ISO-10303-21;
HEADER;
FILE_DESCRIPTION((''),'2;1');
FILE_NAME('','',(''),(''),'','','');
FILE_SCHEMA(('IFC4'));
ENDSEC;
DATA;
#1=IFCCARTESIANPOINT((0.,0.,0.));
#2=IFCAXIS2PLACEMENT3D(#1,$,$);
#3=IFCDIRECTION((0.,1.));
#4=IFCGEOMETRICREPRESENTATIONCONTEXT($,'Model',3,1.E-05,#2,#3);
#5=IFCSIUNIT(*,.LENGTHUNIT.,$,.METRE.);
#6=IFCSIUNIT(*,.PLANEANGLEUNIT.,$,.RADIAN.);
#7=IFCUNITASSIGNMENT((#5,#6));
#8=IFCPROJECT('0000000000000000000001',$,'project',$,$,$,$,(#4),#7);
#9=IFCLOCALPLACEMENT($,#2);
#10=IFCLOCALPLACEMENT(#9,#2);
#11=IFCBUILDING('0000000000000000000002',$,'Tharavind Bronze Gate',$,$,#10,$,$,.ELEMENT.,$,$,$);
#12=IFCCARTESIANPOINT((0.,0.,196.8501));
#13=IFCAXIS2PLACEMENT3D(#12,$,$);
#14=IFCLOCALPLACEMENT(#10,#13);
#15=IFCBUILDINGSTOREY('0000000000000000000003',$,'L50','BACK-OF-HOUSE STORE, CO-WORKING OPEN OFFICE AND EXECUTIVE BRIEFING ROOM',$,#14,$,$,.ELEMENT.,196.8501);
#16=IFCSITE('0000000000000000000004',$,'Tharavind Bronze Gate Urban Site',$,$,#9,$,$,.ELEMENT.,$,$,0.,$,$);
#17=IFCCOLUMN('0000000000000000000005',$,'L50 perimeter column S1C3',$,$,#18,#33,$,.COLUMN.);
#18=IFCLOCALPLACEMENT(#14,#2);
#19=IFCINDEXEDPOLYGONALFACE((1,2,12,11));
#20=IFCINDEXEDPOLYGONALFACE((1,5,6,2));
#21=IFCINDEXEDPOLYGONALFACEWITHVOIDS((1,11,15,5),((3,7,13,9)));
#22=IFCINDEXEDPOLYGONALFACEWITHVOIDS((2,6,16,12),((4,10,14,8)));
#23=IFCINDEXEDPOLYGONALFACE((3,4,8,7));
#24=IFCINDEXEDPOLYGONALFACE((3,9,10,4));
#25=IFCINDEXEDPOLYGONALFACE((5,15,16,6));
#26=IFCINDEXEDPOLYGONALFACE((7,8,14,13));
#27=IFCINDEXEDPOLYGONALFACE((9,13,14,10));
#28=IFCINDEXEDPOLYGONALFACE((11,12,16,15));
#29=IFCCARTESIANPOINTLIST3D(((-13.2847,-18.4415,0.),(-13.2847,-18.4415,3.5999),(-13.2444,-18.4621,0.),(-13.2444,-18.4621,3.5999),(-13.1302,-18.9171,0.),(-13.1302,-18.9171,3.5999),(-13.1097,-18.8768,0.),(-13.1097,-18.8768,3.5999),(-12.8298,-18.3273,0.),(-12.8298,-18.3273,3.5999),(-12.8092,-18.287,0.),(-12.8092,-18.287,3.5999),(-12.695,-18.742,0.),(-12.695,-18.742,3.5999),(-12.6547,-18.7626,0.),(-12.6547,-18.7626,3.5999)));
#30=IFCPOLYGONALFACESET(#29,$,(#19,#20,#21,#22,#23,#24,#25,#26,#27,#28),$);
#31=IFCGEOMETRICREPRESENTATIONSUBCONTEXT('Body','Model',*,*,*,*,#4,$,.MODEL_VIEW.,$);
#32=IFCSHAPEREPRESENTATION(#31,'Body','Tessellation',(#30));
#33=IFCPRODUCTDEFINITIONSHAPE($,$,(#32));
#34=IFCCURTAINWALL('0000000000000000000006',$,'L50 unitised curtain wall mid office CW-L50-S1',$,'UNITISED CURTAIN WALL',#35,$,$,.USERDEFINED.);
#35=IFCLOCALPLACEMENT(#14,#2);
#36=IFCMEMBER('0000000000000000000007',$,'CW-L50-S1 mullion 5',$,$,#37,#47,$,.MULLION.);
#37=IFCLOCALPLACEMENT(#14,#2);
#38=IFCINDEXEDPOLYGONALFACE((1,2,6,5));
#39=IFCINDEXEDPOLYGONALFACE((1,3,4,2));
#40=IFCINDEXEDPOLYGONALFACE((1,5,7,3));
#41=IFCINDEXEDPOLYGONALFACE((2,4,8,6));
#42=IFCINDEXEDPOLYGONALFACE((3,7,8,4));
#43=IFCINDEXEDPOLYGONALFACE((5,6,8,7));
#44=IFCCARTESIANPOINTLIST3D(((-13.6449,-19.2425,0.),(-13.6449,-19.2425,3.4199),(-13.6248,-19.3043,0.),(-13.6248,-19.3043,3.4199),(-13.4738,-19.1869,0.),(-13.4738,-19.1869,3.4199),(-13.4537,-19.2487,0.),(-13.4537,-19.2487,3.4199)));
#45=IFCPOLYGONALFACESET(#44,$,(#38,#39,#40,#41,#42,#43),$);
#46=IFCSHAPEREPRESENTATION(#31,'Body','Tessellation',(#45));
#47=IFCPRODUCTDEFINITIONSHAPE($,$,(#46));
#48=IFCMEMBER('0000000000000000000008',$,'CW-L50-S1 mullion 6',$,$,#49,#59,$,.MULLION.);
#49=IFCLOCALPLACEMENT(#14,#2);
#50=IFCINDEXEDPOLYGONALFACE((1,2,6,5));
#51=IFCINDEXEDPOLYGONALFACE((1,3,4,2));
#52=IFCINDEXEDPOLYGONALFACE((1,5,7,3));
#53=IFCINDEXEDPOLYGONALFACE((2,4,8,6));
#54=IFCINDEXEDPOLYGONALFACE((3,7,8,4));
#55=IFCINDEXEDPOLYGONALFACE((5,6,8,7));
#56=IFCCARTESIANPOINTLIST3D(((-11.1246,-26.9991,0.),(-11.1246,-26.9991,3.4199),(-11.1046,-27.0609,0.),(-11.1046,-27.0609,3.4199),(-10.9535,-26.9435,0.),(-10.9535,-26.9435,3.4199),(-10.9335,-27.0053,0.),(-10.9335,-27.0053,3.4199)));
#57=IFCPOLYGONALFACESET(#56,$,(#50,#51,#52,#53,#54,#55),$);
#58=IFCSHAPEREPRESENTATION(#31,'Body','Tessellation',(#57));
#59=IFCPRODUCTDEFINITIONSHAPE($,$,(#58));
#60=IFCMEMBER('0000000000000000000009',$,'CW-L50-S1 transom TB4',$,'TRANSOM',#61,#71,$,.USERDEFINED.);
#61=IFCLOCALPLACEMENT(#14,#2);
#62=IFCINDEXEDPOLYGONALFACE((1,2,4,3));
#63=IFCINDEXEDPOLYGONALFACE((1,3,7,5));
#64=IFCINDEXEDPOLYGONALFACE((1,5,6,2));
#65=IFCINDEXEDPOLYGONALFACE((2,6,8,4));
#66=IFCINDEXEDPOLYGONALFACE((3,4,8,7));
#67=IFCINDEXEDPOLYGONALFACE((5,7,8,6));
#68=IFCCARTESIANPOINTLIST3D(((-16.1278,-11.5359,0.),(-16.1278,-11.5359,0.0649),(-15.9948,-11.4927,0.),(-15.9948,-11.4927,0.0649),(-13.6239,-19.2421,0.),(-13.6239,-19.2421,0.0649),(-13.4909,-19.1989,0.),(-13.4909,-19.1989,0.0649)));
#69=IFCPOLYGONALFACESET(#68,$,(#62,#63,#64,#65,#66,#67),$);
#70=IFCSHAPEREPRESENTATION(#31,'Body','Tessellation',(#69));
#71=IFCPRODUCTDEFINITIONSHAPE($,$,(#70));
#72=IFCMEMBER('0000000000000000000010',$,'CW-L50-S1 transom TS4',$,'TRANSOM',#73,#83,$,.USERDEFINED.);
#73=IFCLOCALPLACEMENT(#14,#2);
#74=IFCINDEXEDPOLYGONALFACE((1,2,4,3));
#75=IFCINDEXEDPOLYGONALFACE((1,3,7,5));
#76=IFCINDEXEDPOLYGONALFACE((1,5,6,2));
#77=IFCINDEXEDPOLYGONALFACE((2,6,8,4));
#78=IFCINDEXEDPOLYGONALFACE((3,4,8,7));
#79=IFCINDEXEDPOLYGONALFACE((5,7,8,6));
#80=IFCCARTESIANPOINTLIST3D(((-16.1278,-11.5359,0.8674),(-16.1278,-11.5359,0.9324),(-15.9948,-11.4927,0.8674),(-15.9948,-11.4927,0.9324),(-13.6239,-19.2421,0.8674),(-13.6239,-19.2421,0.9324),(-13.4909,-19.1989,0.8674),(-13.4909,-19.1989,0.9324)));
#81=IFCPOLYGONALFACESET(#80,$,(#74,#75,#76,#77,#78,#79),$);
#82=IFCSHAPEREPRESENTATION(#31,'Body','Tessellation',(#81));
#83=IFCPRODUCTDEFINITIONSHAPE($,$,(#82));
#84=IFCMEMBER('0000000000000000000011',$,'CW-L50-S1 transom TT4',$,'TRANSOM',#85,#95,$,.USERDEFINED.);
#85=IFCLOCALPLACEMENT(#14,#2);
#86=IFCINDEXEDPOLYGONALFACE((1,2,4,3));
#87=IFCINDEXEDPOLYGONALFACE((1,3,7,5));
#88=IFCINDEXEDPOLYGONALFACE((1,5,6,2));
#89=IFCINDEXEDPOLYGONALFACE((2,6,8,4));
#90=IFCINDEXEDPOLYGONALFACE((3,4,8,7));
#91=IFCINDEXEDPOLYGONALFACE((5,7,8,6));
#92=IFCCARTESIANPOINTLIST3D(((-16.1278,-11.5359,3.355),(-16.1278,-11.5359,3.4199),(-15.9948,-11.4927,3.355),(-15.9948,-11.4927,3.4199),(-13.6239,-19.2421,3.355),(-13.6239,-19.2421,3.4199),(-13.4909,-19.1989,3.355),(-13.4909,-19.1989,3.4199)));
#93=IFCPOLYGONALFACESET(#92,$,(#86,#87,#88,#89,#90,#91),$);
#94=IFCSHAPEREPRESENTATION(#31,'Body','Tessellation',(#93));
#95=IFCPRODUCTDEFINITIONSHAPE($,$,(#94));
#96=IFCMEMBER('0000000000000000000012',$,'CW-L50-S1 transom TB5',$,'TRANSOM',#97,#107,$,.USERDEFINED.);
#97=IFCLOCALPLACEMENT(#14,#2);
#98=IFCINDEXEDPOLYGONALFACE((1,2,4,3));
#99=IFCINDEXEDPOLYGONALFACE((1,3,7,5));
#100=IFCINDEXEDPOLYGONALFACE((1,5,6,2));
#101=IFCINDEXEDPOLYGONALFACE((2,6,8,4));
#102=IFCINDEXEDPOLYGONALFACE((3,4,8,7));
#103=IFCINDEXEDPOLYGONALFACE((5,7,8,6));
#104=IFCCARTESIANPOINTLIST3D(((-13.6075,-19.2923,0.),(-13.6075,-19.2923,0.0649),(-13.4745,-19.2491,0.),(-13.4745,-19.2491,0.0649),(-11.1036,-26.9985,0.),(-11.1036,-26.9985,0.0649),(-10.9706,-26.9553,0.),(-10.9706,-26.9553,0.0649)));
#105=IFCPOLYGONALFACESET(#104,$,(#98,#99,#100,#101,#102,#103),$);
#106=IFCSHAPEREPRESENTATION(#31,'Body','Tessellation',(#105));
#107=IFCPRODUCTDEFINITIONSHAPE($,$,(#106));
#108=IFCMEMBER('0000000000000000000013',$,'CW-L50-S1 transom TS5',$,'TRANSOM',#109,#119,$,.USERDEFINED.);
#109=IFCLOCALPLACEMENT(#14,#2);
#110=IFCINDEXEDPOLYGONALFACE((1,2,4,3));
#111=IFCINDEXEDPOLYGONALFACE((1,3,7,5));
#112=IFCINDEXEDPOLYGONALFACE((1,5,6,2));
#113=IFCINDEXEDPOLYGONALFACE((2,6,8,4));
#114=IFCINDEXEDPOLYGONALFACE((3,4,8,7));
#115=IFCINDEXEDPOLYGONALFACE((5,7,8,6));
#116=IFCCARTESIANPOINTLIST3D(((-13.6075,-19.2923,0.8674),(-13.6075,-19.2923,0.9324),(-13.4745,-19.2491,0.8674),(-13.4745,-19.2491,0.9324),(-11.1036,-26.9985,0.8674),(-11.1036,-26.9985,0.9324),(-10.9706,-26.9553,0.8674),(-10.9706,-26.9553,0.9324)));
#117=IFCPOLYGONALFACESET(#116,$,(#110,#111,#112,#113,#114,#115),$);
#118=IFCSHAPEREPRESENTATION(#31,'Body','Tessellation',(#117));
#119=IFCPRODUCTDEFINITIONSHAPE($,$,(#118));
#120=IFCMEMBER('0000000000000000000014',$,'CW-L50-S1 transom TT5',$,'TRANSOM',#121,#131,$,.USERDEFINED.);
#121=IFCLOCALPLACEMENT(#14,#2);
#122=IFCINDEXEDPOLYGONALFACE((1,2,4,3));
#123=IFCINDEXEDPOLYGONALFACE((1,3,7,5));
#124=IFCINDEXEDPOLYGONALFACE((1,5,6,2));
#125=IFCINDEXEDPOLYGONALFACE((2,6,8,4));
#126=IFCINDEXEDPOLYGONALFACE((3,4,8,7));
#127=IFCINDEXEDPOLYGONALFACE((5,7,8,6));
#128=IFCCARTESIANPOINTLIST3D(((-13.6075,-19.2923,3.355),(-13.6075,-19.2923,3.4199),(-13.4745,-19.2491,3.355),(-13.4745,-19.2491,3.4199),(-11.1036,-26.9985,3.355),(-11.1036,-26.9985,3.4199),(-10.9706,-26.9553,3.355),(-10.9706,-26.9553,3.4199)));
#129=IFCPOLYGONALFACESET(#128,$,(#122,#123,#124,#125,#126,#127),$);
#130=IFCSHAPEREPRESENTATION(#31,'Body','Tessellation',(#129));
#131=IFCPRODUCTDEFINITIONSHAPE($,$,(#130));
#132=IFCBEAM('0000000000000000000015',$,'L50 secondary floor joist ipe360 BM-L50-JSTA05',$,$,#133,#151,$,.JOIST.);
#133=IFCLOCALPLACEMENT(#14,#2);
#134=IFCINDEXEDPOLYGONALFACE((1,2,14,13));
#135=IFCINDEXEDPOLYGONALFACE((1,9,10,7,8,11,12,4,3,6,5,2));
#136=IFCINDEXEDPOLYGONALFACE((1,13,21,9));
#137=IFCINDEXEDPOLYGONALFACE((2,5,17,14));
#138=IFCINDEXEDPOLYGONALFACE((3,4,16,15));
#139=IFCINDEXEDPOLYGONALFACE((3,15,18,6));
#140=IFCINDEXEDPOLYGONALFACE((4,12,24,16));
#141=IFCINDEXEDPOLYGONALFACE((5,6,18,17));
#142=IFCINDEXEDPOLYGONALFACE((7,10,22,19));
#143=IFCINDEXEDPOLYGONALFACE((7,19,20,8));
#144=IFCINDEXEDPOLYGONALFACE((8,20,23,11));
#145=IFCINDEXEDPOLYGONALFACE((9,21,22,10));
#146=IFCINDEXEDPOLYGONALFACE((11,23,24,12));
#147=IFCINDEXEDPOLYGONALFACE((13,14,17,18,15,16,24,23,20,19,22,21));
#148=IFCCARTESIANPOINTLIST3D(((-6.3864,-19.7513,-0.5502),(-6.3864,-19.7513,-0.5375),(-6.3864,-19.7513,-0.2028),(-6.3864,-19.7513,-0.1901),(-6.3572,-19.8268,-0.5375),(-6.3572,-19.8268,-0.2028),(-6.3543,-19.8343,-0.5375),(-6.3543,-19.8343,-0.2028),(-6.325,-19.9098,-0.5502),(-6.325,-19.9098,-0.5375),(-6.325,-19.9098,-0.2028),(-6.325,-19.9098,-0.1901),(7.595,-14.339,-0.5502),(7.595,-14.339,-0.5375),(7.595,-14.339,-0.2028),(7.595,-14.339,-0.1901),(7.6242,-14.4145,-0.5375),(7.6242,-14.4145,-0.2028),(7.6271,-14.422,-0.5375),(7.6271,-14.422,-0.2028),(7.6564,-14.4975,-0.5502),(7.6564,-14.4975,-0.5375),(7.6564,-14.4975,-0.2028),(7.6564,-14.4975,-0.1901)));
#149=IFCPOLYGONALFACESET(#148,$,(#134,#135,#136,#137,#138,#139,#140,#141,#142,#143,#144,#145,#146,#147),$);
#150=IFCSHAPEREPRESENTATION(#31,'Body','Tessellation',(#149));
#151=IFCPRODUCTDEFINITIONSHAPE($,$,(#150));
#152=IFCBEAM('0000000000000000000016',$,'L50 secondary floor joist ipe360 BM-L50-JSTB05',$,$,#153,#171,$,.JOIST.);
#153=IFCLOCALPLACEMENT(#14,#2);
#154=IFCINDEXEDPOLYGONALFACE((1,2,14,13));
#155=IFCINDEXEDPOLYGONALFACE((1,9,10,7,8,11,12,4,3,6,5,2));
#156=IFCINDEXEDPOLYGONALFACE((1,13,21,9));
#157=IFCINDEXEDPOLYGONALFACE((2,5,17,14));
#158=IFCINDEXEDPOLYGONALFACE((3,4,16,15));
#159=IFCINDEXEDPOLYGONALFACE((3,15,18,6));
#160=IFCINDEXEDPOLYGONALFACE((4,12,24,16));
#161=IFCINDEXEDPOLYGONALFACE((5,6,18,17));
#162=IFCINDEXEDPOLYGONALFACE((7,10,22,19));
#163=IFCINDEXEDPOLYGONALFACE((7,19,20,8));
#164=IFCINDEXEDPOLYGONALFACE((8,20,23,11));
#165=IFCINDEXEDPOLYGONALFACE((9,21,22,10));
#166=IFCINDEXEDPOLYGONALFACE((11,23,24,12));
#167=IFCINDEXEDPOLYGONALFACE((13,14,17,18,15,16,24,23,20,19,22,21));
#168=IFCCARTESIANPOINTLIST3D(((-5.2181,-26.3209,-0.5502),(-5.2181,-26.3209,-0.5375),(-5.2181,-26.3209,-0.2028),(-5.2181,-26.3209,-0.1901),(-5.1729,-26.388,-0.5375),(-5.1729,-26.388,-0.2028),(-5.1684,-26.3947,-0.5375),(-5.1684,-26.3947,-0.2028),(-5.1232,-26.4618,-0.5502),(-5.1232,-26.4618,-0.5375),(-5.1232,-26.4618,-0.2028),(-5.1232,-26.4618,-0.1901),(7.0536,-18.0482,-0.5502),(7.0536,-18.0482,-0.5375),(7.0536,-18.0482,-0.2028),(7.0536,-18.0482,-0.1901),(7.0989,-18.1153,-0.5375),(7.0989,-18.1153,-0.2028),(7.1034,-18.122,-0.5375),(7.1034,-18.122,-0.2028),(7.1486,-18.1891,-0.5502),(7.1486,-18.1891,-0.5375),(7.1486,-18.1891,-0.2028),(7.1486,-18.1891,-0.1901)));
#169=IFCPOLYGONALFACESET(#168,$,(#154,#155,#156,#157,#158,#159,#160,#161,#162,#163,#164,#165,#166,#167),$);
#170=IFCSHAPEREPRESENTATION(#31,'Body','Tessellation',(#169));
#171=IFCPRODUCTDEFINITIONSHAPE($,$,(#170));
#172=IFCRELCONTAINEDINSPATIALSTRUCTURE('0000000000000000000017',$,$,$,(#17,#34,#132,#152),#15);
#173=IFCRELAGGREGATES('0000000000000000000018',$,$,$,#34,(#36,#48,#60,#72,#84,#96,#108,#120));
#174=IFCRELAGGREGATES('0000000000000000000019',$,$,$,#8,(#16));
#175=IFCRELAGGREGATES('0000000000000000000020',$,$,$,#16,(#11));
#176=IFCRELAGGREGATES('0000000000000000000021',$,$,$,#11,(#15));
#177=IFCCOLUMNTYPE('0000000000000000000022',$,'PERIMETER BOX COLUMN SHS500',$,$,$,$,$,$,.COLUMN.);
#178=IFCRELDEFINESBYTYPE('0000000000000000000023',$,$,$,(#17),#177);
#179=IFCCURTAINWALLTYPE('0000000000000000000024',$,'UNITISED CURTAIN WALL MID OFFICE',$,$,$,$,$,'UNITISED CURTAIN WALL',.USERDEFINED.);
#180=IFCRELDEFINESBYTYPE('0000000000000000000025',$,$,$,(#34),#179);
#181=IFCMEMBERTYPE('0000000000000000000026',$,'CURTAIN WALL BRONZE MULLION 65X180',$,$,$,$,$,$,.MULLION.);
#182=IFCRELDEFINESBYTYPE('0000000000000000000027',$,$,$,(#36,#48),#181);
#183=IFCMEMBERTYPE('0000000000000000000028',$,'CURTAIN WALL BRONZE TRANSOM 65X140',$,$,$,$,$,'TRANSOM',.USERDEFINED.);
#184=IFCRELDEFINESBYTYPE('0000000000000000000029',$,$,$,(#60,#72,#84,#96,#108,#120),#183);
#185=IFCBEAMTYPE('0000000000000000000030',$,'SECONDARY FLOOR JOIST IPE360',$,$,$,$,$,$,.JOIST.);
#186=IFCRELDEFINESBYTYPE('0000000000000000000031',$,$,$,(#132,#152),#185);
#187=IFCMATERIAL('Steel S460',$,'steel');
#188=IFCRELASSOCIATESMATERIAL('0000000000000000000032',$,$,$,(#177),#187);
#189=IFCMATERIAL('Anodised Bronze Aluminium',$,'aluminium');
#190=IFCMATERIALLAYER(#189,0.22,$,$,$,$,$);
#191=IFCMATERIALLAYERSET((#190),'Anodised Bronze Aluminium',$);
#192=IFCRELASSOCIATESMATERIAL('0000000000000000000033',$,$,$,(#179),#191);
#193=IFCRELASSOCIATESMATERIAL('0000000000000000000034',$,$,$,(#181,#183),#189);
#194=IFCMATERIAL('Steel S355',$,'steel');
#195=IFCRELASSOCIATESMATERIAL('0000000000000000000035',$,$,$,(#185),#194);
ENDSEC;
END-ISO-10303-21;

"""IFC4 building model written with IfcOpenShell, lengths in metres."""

from ifc_helpers import new_model, si_unit, direction, frame, origin, origin_2d, place, context, subcontext, project, spatial, rectangle, hollow_rectangle, i_section, extrude, material, layer, layer_set, material_profile, profile_set, type_object, element, aggregate, save


model = new_model("IFC4")

# Units and contexts
model_context = context("Model", 3, precision=1e-05, world=origin(), true_north=direction((0.0, 1.0)))
body_context = subcontext(model_context, "Body", "Model", "MODEL_VIEW")
ifc_project = project(units=[si_unit("LENGTHUNIT", "METRE"), si_unit("PLANEANGLEUNIT", "RADIAN")], contexts=[model_context])

# Site, building, storey
site_placement = place(None, origin())
site = spatial("IfcSite", under=ifc_project, at=site_placement, Name="Tharavind Bronze Gate Urban Site", CompositionType="ELEMENT", RefElevation=0.0)
building_placement = place(site_placement, origin())
building = spatial("IfcBuilding", under=site, at=building_placement, Name="Tharavind Bronze Gate", CompositionType="ELEMENT")
storey_placement = place(building_placement, frame((0.0, 0.0, 196.8501)))
storey = spatial("IfcBuildingStorey", under=building, at=storey_placement, Name="L50", Description="BACK-OF-HOUSE STORE, CO-WORKING OPEN OFFICE AND EXECUTIVE BRIEFING ROOM", CompositionType="ELEMENT", Elevation=196.8501)

# Column
ifc_material_1 = material(Name="Steel S460", Category="steel")
ifc_material_profile_1 = material_profile(ifc_material_1, hollow_rectangle(XDim=0.5, YDim=0.5, WallThickness=0.032, at=origin_2d()), Name="SHS500X32")
ifc_profile_set_1 = profile_set([ifc_material_profile_1], Name="Steel S460")
column_type = type_object("IfcColumnType", Name="PERIMETER BOX COLUMN SHS500", PredefinedType="COLUMN", material=ifc_profile_set_1)
column_placement = place(storey_placement, frame((-12.9697, -18.6021, 0.0), z_axis=(0.0, 0.0, 1.0), x_axis=(-0.309017, 0.951057, 0.0)))
element("IfcColumn", 1, at=column_placement, inside=storey, type_object=column_type, Name="L50 perimeter column S1C3", PredefinedType="COLUMN", context=body_context, shape_type="SweptSolid", body=[
    extrude(hollow_rectangle(XDim=0.5, YDim=0.5, WallThickness=0.032, at=origin_2d()), origin(), (0.0, 0.0, 1.0), 3.5999),
])

# Curtain wall, members
ifc_material_2 = material(Name="Anodised Bronze Aluminium", Category="aluminium")
ifc_layer_1 = layer(ifc_material_2, 0.22)
ifc_layer_set_1 = layer_set([ifc_layer_1], Name="Anodised Bronze Aluminium")
curtain_wall_type = type_object("IfcCurtainWallType", Name="UNITISED CURTAIN WALL MID OFFICE", ElementType="UNITISED CURTAIN WALL", PredefinedType="USERDEFINED", material=ifc_layer_set_1)
curtain_wall_placement = place(storey_placement, origin())
curtain_wall = element("IfcCurtainWall", 2, at=curtain_wall_placement, inside=storey, type_object=curtain_wall_type, Name="L50 unitised curtain wall mid office CW-L50-S1", ObjectType="UNITISED CURTAIN WALL", PredefinedType="USERDEFINED")
member_type_1 = type_object("IfcMemberType", Name="CURTAIN WALL BRONZE MULLION 65X180", PredefinedType="MULLION", material=ifc_material_2)
member_1_placement = place(storey_placement, frame((-13.5493, -19.2456, 0.0), z_axis=(0.0, 0.0, 1.0), x_axis=(0.309017, -0.951057, 0.0)))
member_1 = element("IfcMember", 3, at=member_1_placement, type_object=member_type_1, Name="CW-L50-S1 mullion 5", PredefinedType="MULLION", context=body_context, shape_type="SweptSolid", body=[
    extrude(rectangle(XDim=0.0649, YDim=0.1799, at=origin_2d()), origin(), (0.0, 0.0, 1.0), 3.4199),
])
member_2_placement = place(storey_placement, frame((-11.0291, -27.0022, 0.0), z_axis=(0.0, 0.0, 1.0), x_axis=(0.309017, -0.951057, 0.0)))
member_2 = element("IfcMember", 4, at=member_2_placement, type_object=member_type_1, Name="CW-L50-S1 mullion 6", PredefinedType="MULLION", context=body_context, shape_type="SweptSolid", body=[
    extrude(rectangle(XDim=0.0649, YDim=0.1799, at=origin_2d()), origin(), (0.0, 0.0, 1.0), 3.4199),
])
member_type_2 = type_object("IfcMemberType", Name="CURTAIN WALL BRONZE TRANSOM 65X140", ElementType="TRANSOM", PredefinedType="USERDEFINED", material=ifc_material_2)
member_3_placement = place(storey_placement, frame((-14.8093, -15.3674, 0.0), z_axis=(0.0, 0.0, 1.0), x_axis=(0.309017, -0.951057, 0.0)))
member_3 = element("IfcMember", 5, at=member_3_placement, type_object=member_type_2, Name="CW-L50-S1 transom TB4", ObjectType="TRANSOM", PredefinedType="USERDEFINED", context=body_context, shape_type="SweptSolid", body=[
    extrude(rectangle(XDim=8.1028, YDim=0.1399, at=origin_2d()), origin(), (0.0, 0.0, 1.0), 0.0649),
])
member_4_placement = place(storey_placement, frame((-14.8093, -15.3674, 0.8674), z_axis=(0.0, 0.0, 1.0), x_axis=(0.309017, -0.951057, 0.0)))
member_4 = element("IfcMember", 6, at=member_4_placement, type_object=member_type_2, Name="CW-L50-S1 transom TS4", ObjectType="TRANSOM", PredefinedType="USERDEFINED", context=body_context, shape_type="SweptSolid", body=[
    extrude(rectangle(XDim=8.1028, YDim=0.1399, at=origin_2d()), origin(), (0.0, 0.0, 1.0), 0.0649),
])
member_5_placement = place(storey_placement, frame((-14.8093, -15.3674, 3.355), z_axis=(0.0, 0.0, 1.0), x_axis=(0.309017, -0.951057, 0.0)))
member_5 = element("IfcMember", 7, at=member_5_placement, type_object=member_type_2, Name="CW-L50-S1 transom TT4", ObjectType="TRANSOM", PredefinedType="USERDEFINED", context=body_context, shape_type="SweptSolid", body=[
    extrude(rectangle(XDim=8.1028, YDim=0.1399, at=origin_2d()), origin(), (0.0, 0.0, 1.0), 0.0649),
])
member_6_placement = place(storey_placement, frame((-12.2891, -23.1238, 0.0), z_axis=(0.0, 0.0, 1.0), x_axis=(0.309017, -0.951057, 0.0)))
member_6 = element("IfcMember", 8, at=member_6_placement, type_object=member_type_2, Name="CW-L50-S1 transom TB5", ObjectType="TRANSOM", PredefinedType="USERDEFINED", context=body_context, shape_type="SweptSolid", body=[
    extrude(rectangle(XDim=8.1028, YDim=0.1399, at=origin_2d()), origin(), (0.0, 0.0, 1.0), 0.0649),
])
member_7_placement = place(storey_placement, frame((-12.2891, -23.1238, 0.8674), z_axis=(0.0, 0.0, 1.0), x_axis=(0.309017, -0.951057, 0.0)))
member_7 = element("IfcMember", 9, at=member_7_placement, type_object=member_type_2, Name="CW-L50-S1 transom TS5", ObjectType="TRANSOM", PredefinedType="USERDEFINED", context=body_context, shape_type="SweptSolid", body=[
    extrude(rectangle(XDim=8.1028, YDim=0.1399, at=origin_2d()), origin(), (0.0, 0.0, 1.0), 0.0649),
])
member_8_placement = place(storey_placement, frame((-12.2891, -23.1238, 3.355), z_axis=(0.0, 0.0, 1.0), x_axis=(0.309017, -0.951057, 0.0)))
member_8 = element("IfcMember", 10, at=member_8_placement, type_object=member_type_2, Name="CW-L50-S1 transom TT5", ObjectType="TRANSOM", PredefinedType="USERDEFINED", context=body_context, shape_type="SweptSolid", body=[
    extrude(rectangle(XDim=8.1028, YDim=0.1399, at=origin_2d()), origin(), (0.0, 0.0, 1.0), 0.0649),
])

# Beams
ifc_material_3 = material(Name="Steel S355", Category="steel")
ifc_material_profile_2 = material_profile(ifc_material_3, i_section(OverallWidth=0.1699, OverallDepth=0.3601, WebThickness=0.0081, FlangeThickness=0.0127, at=origin_2d()), Name="IPE360")
ifc_profile_set_2 = profile_set([ifc_material_profile_2], Name="Steel S355")
beam_type_1 = type_object("IfcBeamType", Name="SECONDARY FLOOR JOIST IPE360", PredefinedType="JOIST", material=ifc_profile_set_2)
beam_1_placement = place(storey_placement, frame((-6.3557, -19.8306, -0.3701), z_axis=(0.932564, 0.361005, 0.0), x_axis=(-0.361005, 0.932564, 0.0)))
element("IfcBeam", 11, at=beam_1_placement, inside=storey, type_object=beam_type_1, Name="L50 secondary floor joist ipe360 BM-L50-JSTA05", PredefinedType="JOIST", context=body_context, shape_type="SweptSolid", body=[
    extrude(i_section(OverallWidth=0.1699, OverallDepth=0.3601, WebThickness=0.0081, FlangeThickness=0.0127, at=origin_2d()), origin(), (0.0, 0.0, 1.0), 14.9924),
])
beam_2_placement = place(storey_placement, frame((-5.1707, -26.3914, -0.3701), z_axis=(0.829184, 0.558976, 0.0), x_axis=(-0.558976, 0.829184, 0.0)))
element("IfcBeam", 12, at=beam_2_placement, inside=storey, type_object=beam_type_1, Name="L50 secondary floor joist ipe360 BM-L50-JSTB05", PredefinedType="JOIST", context=body_context, shape_type="SweptSolid", body=[
    extrude(i_section(OverallWidth=0.1699, OverallDepth=0.3601, WebThickness=0.0081, FlangeThickness=0.0127, at=origin_2d()), origin(), (0.0, 0.0, 1.0), 14.7998),
])

aggregate(curtain_wall, [member_1, member_2, member_3, member_4, member_5, member_6, member_7, member_8])

save(model, "model.ifc")
